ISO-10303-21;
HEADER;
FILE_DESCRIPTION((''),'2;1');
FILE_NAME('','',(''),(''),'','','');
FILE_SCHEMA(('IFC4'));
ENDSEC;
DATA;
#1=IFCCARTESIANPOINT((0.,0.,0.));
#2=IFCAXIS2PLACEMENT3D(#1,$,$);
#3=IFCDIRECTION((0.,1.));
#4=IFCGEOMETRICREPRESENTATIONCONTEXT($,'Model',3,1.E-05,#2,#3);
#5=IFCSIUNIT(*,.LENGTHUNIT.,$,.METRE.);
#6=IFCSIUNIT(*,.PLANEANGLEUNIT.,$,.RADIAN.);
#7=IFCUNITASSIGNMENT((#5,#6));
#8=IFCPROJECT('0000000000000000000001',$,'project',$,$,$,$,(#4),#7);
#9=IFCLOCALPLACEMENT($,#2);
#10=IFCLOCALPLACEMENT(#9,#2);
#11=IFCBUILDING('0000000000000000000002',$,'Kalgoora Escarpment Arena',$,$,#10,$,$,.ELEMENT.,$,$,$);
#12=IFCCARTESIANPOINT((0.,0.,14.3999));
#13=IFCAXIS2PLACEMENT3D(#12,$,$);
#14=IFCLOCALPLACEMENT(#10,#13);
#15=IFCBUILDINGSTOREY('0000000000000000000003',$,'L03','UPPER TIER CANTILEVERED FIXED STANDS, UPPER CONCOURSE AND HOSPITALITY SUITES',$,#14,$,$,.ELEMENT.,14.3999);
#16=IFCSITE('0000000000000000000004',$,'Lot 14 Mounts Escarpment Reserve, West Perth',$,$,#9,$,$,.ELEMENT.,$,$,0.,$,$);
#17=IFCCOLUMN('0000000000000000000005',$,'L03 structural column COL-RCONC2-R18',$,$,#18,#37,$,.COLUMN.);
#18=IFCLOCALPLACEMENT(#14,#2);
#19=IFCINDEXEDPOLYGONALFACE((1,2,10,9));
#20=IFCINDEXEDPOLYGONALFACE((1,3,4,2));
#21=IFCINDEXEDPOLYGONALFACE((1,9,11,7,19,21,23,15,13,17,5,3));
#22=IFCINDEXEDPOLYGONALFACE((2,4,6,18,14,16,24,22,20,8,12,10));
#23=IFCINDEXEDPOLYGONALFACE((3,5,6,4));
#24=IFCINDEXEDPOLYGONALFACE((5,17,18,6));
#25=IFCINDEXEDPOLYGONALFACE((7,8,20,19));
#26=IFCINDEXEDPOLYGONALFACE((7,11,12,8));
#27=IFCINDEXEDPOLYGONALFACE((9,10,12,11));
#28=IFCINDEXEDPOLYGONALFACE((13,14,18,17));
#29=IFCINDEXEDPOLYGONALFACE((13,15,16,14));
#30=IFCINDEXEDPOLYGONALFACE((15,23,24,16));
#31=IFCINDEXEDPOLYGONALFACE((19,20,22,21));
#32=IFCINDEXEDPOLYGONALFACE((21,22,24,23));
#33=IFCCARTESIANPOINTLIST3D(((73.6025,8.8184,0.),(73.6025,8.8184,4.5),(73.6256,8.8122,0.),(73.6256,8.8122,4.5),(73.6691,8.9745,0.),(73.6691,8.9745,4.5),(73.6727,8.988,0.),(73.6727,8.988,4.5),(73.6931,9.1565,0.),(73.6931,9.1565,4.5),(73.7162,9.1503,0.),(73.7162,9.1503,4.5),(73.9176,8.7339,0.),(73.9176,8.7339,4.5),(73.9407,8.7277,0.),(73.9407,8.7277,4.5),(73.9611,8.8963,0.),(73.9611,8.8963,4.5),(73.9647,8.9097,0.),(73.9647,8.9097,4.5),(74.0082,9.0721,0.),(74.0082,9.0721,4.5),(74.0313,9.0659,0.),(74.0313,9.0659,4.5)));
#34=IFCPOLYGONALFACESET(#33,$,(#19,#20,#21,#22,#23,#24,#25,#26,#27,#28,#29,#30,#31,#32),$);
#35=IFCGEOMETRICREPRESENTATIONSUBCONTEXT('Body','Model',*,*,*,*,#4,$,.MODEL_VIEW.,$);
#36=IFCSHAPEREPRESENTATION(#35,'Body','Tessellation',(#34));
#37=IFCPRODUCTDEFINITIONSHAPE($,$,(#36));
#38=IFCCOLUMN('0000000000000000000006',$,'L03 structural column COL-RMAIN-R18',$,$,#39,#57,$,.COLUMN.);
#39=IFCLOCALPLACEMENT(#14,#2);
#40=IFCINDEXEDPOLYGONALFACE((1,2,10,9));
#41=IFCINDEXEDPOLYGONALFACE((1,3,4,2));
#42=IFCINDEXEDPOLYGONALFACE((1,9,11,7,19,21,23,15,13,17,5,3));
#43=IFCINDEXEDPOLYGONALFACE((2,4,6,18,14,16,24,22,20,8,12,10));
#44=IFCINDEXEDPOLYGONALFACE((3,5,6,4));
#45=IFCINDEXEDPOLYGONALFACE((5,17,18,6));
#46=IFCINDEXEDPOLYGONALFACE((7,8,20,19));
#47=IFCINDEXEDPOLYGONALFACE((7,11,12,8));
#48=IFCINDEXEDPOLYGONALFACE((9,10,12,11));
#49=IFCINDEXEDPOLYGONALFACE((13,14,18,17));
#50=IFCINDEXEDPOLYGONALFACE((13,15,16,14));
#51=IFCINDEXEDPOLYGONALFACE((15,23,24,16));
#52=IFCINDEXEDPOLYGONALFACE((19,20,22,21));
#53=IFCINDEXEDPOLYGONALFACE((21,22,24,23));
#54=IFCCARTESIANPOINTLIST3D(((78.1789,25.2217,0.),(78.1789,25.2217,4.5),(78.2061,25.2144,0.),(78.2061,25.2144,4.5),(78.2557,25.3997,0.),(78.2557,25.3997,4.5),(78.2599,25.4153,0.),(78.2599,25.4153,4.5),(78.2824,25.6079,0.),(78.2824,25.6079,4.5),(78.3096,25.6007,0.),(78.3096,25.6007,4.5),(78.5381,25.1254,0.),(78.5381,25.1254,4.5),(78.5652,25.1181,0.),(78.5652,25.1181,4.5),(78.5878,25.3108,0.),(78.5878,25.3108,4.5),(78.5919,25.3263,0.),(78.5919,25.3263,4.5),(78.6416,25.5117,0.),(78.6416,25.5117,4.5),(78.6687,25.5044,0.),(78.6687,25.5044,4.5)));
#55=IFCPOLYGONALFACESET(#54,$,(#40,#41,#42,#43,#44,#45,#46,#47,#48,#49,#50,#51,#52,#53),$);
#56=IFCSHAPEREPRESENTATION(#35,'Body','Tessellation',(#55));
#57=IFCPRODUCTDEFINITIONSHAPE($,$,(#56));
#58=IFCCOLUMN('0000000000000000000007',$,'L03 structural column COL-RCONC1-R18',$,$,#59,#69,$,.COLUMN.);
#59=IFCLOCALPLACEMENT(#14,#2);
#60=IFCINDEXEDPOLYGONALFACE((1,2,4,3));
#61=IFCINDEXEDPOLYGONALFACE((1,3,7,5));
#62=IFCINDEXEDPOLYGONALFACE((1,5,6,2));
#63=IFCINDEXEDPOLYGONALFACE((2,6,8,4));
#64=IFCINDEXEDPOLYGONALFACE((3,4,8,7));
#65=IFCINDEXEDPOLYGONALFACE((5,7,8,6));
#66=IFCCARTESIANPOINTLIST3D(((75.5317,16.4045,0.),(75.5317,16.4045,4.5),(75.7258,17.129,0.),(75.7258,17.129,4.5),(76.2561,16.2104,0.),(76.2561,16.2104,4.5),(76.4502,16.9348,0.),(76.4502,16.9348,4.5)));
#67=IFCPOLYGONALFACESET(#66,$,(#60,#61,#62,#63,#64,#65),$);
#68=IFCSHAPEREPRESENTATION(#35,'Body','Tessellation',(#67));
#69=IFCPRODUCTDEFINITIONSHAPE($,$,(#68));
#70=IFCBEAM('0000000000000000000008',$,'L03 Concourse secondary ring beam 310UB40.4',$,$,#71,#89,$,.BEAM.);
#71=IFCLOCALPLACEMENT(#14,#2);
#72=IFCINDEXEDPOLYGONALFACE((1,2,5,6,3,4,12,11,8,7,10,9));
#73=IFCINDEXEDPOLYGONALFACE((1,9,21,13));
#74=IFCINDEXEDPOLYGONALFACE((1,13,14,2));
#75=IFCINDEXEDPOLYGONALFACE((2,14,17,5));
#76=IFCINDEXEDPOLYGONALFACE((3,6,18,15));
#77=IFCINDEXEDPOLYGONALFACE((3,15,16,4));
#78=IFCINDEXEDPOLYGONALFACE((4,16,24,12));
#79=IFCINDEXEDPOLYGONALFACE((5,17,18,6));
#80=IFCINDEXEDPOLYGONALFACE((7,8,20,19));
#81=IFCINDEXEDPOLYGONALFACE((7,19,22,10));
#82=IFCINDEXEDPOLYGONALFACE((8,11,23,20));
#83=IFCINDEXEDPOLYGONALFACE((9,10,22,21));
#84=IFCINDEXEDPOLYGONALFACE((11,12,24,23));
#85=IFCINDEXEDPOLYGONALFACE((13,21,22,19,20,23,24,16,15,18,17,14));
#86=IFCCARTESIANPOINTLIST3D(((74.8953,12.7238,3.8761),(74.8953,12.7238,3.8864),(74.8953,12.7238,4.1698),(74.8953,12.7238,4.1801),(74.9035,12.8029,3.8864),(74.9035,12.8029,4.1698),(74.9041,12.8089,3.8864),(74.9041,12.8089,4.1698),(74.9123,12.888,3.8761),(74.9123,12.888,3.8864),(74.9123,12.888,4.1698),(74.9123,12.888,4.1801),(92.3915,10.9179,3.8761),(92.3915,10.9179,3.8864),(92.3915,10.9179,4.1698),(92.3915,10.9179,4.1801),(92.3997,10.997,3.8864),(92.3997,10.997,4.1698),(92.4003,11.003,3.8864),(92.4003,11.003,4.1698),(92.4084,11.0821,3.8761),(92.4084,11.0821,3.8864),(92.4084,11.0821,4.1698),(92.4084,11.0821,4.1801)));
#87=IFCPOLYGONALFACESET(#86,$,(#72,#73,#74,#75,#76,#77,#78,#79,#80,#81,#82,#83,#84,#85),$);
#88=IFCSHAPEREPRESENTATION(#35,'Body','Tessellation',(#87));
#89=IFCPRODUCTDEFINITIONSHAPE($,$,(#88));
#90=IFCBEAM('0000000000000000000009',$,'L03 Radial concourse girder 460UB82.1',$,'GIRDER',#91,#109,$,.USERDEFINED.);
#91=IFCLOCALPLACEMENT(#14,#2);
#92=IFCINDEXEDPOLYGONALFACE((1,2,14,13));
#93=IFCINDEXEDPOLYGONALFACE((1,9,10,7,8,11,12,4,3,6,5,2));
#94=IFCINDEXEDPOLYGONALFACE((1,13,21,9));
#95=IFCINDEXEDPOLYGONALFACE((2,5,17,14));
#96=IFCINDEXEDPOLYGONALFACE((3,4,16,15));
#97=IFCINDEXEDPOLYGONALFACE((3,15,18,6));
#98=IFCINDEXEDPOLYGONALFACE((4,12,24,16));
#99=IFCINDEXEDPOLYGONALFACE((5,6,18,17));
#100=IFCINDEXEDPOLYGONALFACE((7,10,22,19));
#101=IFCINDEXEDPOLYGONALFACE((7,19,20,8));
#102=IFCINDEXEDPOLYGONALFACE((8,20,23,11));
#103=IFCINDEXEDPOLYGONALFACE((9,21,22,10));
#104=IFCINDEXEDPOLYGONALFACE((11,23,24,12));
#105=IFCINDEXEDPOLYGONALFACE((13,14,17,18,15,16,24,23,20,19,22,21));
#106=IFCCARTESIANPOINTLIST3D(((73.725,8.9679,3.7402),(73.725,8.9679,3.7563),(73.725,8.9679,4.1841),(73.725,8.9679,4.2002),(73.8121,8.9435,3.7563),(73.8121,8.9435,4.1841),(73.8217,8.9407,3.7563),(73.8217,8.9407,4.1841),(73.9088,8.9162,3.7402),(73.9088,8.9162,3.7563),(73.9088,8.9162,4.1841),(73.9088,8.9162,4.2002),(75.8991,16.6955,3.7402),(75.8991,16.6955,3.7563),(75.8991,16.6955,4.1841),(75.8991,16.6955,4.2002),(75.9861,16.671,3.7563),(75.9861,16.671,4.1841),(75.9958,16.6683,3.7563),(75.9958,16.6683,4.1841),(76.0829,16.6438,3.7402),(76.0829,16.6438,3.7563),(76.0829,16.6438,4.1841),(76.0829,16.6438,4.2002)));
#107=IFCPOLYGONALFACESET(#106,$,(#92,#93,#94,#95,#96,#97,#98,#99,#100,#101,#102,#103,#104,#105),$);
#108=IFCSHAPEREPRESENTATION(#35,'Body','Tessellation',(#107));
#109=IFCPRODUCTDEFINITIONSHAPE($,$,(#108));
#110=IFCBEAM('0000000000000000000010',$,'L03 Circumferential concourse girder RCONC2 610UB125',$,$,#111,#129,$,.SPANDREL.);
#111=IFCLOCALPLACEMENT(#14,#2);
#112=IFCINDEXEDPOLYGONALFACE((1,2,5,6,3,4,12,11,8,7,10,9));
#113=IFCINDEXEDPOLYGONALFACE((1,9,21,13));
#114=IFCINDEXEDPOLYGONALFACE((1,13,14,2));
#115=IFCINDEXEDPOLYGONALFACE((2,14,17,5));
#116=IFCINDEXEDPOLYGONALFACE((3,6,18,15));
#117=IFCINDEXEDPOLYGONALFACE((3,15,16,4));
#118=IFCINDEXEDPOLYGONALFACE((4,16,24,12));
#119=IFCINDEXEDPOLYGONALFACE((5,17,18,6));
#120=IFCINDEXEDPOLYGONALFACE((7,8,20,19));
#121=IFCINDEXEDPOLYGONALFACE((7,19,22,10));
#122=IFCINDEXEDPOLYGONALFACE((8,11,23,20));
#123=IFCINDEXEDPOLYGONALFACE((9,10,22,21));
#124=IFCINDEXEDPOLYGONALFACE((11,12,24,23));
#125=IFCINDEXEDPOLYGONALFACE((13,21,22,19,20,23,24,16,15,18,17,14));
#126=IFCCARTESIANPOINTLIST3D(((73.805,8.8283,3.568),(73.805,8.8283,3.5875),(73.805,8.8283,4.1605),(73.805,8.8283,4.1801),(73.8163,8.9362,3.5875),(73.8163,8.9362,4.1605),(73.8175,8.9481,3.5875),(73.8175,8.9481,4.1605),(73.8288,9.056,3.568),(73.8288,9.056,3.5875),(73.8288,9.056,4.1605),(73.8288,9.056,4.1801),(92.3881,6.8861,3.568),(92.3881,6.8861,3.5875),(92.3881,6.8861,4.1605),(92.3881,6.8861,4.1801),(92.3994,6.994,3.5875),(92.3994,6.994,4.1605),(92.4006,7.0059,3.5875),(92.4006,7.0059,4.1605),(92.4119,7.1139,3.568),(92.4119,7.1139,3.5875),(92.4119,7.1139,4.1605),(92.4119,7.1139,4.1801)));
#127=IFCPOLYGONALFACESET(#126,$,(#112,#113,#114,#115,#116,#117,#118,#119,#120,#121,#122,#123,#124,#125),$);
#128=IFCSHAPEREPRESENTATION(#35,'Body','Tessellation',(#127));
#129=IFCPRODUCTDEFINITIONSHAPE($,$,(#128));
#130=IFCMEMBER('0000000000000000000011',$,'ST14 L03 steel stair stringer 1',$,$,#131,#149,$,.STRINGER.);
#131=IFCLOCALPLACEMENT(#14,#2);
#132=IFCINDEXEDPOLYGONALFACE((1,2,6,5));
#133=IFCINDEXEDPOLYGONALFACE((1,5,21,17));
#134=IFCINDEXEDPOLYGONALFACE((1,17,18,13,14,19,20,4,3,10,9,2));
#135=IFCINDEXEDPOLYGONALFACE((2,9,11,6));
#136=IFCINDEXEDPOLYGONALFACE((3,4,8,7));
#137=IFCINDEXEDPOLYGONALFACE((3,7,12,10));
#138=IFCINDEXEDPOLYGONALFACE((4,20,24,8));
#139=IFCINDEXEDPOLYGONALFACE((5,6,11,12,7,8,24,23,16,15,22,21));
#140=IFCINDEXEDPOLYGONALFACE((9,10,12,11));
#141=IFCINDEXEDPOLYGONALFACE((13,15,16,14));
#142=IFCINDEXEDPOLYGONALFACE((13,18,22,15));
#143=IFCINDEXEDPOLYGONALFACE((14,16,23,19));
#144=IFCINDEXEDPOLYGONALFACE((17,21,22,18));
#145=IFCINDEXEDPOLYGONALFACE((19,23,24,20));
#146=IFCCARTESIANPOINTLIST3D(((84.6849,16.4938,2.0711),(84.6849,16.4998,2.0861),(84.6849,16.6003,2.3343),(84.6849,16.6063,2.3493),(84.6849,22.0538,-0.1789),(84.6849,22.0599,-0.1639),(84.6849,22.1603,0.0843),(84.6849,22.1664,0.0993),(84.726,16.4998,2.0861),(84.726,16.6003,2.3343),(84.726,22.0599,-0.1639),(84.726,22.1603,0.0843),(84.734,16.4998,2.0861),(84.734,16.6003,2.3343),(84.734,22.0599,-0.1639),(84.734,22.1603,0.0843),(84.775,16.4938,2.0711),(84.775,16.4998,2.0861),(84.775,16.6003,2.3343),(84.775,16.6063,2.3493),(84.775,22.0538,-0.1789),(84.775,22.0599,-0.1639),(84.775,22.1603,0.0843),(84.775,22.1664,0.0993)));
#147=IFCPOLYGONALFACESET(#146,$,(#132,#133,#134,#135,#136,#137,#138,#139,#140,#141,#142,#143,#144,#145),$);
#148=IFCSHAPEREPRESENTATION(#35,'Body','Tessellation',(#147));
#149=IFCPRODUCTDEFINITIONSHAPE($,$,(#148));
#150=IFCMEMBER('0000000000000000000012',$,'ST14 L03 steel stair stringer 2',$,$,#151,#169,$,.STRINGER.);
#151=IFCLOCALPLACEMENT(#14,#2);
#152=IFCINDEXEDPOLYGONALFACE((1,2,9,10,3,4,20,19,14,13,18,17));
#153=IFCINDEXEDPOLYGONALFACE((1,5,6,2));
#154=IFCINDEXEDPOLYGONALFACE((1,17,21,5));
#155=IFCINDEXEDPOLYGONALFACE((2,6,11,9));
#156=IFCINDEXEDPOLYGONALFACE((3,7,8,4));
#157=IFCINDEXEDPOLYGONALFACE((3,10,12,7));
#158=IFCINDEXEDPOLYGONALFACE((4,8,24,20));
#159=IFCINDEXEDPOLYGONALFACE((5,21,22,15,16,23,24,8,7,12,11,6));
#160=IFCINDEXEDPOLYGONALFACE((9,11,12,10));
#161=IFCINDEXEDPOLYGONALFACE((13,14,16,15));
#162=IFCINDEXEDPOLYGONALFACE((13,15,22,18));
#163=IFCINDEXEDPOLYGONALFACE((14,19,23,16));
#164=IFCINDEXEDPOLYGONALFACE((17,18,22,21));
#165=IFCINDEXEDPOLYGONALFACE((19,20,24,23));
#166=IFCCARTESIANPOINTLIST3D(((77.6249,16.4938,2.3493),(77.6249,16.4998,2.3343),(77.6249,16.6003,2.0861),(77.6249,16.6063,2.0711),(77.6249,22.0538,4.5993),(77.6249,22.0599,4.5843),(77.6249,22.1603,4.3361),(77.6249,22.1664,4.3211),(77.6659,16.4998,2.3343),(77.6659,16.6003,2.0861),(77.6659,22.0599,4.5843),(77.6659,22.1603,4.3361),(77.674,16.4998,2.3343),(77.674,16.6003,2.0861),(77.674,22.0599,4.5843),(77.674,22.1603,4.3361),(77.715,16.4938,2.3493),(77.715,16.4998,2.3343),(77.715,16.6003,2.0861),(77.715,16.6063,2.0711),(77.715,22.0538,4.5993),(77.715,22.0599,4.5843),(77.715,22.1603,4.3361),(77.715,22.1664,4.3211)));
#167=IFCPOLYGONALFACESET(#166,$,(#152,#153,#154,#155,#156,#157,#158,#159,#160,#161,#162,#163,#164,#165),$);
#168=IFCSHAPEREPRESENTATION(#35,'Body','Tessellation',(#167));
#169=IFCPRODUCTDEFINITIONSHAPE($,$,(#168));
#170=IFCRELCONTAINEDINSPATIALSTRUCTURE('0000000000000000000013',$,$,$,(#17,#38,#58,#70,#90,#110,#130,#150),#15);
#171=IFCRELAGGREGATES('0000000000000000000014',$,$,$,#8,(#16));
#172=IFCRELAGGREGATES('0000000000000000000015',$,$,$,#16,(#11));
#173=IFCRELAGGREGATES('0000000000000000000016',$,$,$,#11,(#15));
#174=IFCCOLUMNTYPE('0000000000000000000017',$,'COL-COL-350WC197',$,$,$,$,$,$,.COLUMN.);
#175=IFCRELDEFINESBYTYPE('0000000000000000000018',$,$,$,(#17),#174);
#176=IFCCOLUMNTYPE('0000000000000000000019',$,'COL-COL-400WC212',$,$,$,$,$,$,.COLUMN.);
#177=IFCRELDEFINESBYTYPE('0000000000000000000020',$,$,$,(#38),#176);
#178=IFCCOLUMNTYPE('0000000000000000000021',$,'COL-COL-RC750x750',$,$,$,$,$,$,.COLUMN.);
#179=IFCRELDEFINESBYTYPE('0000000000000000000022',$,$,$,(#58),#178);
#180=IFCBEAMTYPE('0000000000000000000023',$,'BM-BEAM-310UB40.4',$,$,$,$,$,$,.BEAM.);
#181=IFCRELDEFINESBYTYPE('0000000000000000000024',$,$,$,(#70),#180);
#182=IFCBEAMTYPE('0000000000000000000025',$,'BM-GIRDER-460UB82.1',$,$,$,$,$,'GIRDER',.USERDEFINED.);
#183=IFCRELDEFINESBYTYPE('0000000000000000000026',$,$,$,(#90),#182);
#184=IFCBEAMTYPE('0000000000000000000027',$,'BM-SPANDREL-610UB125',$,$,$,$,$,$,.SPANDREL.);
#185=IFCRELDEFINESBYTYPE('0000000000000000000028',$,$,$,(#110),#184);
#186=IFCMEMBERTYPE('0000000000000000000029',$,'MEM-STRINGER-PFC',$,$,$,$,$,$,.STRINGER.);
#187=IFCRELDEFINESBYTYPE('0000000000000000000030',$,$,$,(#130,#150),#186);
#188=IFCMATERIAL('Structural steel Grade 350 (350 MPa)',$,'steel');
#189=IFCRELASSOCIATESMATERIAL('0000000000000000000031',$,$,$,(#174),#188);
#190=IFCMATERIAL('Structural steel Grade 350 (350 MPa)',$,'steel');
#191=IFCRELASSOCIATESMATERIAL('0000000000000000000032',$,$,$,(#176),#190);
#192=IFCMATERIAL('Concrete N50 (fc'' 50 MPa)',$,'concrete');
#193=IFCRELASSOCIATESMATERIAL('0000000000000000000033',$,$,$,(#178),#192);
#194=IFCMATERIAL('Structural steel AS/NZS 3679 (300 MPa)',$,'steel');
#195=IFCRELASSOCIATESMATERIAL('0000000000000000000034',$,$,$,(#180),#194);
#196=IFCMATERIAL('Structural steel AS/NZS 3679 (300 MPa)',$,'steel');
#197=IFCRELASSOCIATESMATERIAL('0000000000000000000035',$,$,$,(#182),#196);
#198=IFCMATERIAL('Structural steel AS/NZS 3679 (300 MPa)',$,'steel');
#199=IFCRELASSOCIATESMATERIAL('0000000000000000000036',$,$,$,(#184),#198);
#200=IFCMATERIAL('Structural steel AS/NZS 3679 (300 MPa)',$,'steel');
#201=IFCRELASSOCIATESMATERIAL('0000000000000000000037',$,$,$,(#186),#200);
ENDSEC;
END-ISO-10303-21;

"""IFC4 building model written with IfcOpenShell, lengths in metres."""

from ifc_helpers import new_model, si_unit, direction, frame, origin, origin_2d, place, context, subcontext, project, spatial, rectangle, i_section, extrude, material, material_profile, profile_set, type_object, element, save


model = new_model("IFC4")

# Units and contexts
model_context = context("Model", 3, precision=1e-05, world=origin(), true_north=direction((0.0, 1.0)))
body_context = subcontext(model_context, "Body", "Model", "MODEL_VIEW")
ifc_project = project(units=[si_unit("LENGTHUNIT", "METRE"), si_unit("PLANEANGLEUNIT", "RADIAN")], contexts=[model_context])

# Site, building, storey
site_placement = place(None, origin())
site = spatial("IfcSite", under=ifc_project, at=site_placement, Name="Lot 14 Mounts Escarpment Reserve, West Perth", CompositionType="ELEMENT", RefElevation=0.0)
building_placement = place(site_placement, origin())
building = spatial("IfcBuilding", under=site, at=building_placement, Name="Kalgoora Escarpment Arena", CompositionType="ELEMENT")
storey_placement = place(building_placement, frame((0.0, 0.0, 14.3999)))
storey = spatial("IfcBuildingStorey", under=building, at=storey_placement, Name="L03", Description="UPPER TIER CANTILEVERED FIXED STANDS, UPPER CONCOURSE AND HOSPITALITY SUITES", CompositionType="ELEMENT", Elevation=14.3999)

# Columns
ifc_material_1 = material(Name="Structural steel Grade 350 (350 MPa)", Category="steel")
ifc_material_profile_1 = material_profile(ifc_material_1, i_section(OverallWidth=0.3501, OverallDepth=0.3501, WebThickness=0.0139, FlangeThickness=0.0239, at=origin_2d()))
ifc_profile_set_1 = profile_set([ifc_material_profile_1], Name="Structural steel Grade 350 (350 MPa)")
column_type_1 = type_object("IfcColumnType", Name="COL-COL-350WC197", PredefinedType="COLUMN", material=ifc_profile_set_1)
column_1_placement = place(storey_placement, frame((73.8169, 8.9421, 0.0), z_axis=(0.0, 0.0, 1.0), x_axis=(-0.258819, -0.965926, 0.0)))
element("IfcColumn", 1, at=column_1_placement, inside=storey, type_object=column_type_1, Name="L03 structural column COL-RCONC2-R18", PredefinedType="COLUMN", context=body_context, shape_type="SweptSolid", body=[
    extrude(i_section(OverallWidth=0.3501, OverallDepth=0.3501, WebThickness=0.0139, FlangeThickness=0.0239, at=origin_2d()), origin(), (0.0, 0.0, 1.0), 4.5),
])
ifc_material_2 = material(Name="Structural steel Grade 350 (350 MPa)", Category="steel")
ifc_material_profile_2 = material_profile(ifc_material_2, i_section(OverallWidth=0.3999, OverallDepth=0.3999, WebThickness=0.0161, FlangeThickness=0.0281, at=origin_2d()))
ifc_profile_set_2 = profile_set([ifc_material_profile_2], Name="Structural steel Grade 350 (350 MPa)")
column_type_2 = type_object("IfcColumnType", Name="COL-COL-400WC212", PredefinedType="COLUMN", material=ifc_profile_set_2)
column_2_placement = place(storey_placement, frame((78.4238, 25.363, 0.0), z_axis=(0.0, 0.0, 1.0), x_axis=(-0.258819, -0.965926, 0.0)))
element("IfcColumn", 2, at=column_2_placement, inside=storey, type_object=column_type_2, Name="L03 structural column COL-RMAIN-R18", PredefinedType="COLUMN", context=body_context, shape_type="SweptSolid", body=[
    extrude(i_section(OverallWidth=0.3999, OverallDepth=0.3999, WebThickness=0.0161, FlangeThickness=0.0281, at=origin_2d()), origin(), (0.0, 0.0, 1.0), 4.5),
])
ifc_material_3 = material(Name="Concrete N50 (fc' 50 MPa)", Category="concrete")
ifc_material_profile_3 = material_profile(ifc_material_3, rectangle(XDim=0.75, YDim=0.75, at=origin_2d()))
ifc_profile_set_3 = profile_set([ifc_material_profile_3], Name="Concrete N50 (fc' 50 MPa)")
column_type_3 = type_object("IfcColumnType", Name="COL-COL-RC750x750", PredefinedType="COLUMN", material=ifc_profile_set_3)
column_3_placement = place(storey_placement, frame((75.991, 16.6697, 0.0), z_axis=(0.0, 0.0, 1.0), x_axis=(-0.258819, -0.965926, 0.0)))
element("IfcColumn", 3, at=column_3_placement, inside=storey, type_object=column_type_3, Name="L03 structural column COL-RCONC1-R18", PredefinedType="COLUMN", context=body_context, shape_type="SweptSolid", body=[
    extrude(rectangle(XDim=0.75, YDim=0.75, at=origin_2d()), origin(), (0.0, 0.0, 1.0), 4.5),
])

# Beams
ifc_material_4 = material(Name="Structural steel AS/NZS 3679 (300 MPa)", Category="steel")
ifc_material_profile_4 = material_profile(ifc_material_4, i_section(OverallWidth=0.165, OverallDepth=0.304, WebThickness=0.0061, FlangeThickness=0.0103, at=origin_2d()))
ifc_profile_set_4 = profile_set([ifc_material_profile_4], Name="Structural steel AS/NZS 3679 (300 MPa)")
beam_type_1 = type_object("IfcBeamType", Name="BM-BEAM-310UB40.4", PredefinedType="BEAM", material=ifc_profile_set_4)
beam_1_placement = place(storey_placement, frame((74.9038, 12.8059, 4.0281), z_axis=(0.994715, -0.102672, 0.0), x_axis=(0.102672, 0.994715, 0.0)))
element("IfcBeam", 4, at=beam_1_placement, inside=storey, type_object=beam_type_1, Name="L03 Concourse secondary ring beam 310UB40.4", PredefinedType="BEAM", context=body_context, shape_type="SweptSolid", body=[
    extrude(i_section(OverallWidth=0.165, OverallDepth=0.304, WebThickness=0.0061, FlangeThickness=0.0103, at=origin_2d()), origin(), (0.0, 0.0, 1.0), 17.5891),
])
ifc_material_5 = material(Name="Structural steel AS/NZS 3679 (300 MPa)", Category="steel")
ifc_material_profile_5 = material_profile(ifc_material_5, i_section(OverallWidth=0.1909, OverallDepth=0.46, WebThickness=0.01, FlangeThickness=0.0161, at=origin_2d()))
ifc_profile_set_5 = profile_set([ifc_material_profile_5], Name="Structural steel AS/NZS 3679 (300 MPa)")
beam_type_2 = type_object("IfcBeamType", Name="BM-GIRDER-460UB82.1", ElementType="GIRDER", PredefinedType="USERDEFINED", material=ifc_profile_set_5)
beam_2_placement = place(storey_placement, frame((75.991, 16.6697, 3.9702), z_axis=(-0.270827, -0.962628, 0.0), x_axis=(0.962628, -0.270827, 0.0)))
element("IfcBeam", 5, at=beam_2_placement, inside=storey, type_object=beam_type_2, Name="L03 Radial concourse girder 460UB82.1", ObjectType="GIRDER", PredefinedType="USERDEFINED", context=body_context, shape_type="SweptSolid", body=[
    extrude(i_section(OverallWidth=0.1909, OverallDepth=0.46, WebThickness=0.01, FlangeThickness=0.0161, at=origin_2d()), origin(), (0.0, 0.0, 1.0), 8.0276),
])
ifc_material_6 = material(Name="Structural steel AS/NZS 3679 (300 MPa)", Category="steel")
ifc_material_profile_6 = material_profile(ifc_material_6, i_section(OverallWidth=0.229, OverallDepth=0.6121, WebThickness=0.012, FlangeThickness=0.0195, at=origin_2d()))
ifc_profile_set_6 = profile_set([ifc_material_profile_6], Name="Structural steel AS/NZS 3679 (300 MPa)")
beam_type_3 = type_object("IfcBeamType", Name="BM-SPANDREL-610UB125", PredefinedType="SPANDREL", material=ifc_profile_set_6)
beam_3_placement = place(storey_placement, frame((73.8169, 8.9421, 3.874), z_axis=(0.994583, -0.103945, 0.0), x_axis=(0.103945, 0.994583, 0.0)))
element("IfcBeam", 6, at=beam_3_placement, inside=storey, type_object=beam_type_3, Name="L03 Circumferential concourse girder RCONC2 610UB125", PredefinedType="SPANDREL", context=body_context, shape_type="SweptSolid", body=[
    extrude(i_section(OverallWidth=0.229, OverallDepth=0.6121, WebThickness=0.012, FlangeThickness=0.0195, at=origin_2d()), origin(), (0.0, 0.0, 1.0), 18.6843),
])

# Members
ifc_material_7 = material(Name="Structural steel AS/NZS 3679 (300 MPa)", Category="steel")
ifc_material_profile_7 = material_profile(ifc_material_7, i_section(OverallWidth=0.0901, OverallDepth=0.3, WebThickness=0.0081, FlangeThickness=0.0161, at=origin_2d()))
ifc_profile_set_7 = profile_set([ifc_material_profile_7], Name="Structural steel AS/NZS 3679 (300 MPa)")
member_type = type_object("IfcMemberType", Name="MEM-STRINGER-PFC", PredefinedType="STRINGER", material=ifc_profile_set_7)
for number, where, z_axis, x_axis, name in (
    (7, (84.73, 22.1101, -0.0398), (0.0, -0.926976, 0.375121), (1.0, 0.0, 0.0), "ST14 L03 steel stair stringer 1"),
    (8, (77.6699, 16.55, 2.2102), (0.0, 0.926976, 0.375121), (-1.0, 0.0, 0.0), "ST14 L03 steel stair stringer 2"),
):
    element("IfcMember", number, at=place(storey_placement, frame(where, z_axis=z_axis, x_axis=x_axis)), inside=storey, type_object=member_type, Name=name, PredefinedType="STRINGER", context=body_context, shape_type="SweptSolid", body=[
        extrude(i_section(OverallWidth=0.0901, OverallDepth=0.3, WebThickness=0.0081, FlangeThickness=0.0161, at=origin_2d()), origin(), (0.0, 0.0, 1.0), 5.998),
    ])

save(model, "model.ifc")
